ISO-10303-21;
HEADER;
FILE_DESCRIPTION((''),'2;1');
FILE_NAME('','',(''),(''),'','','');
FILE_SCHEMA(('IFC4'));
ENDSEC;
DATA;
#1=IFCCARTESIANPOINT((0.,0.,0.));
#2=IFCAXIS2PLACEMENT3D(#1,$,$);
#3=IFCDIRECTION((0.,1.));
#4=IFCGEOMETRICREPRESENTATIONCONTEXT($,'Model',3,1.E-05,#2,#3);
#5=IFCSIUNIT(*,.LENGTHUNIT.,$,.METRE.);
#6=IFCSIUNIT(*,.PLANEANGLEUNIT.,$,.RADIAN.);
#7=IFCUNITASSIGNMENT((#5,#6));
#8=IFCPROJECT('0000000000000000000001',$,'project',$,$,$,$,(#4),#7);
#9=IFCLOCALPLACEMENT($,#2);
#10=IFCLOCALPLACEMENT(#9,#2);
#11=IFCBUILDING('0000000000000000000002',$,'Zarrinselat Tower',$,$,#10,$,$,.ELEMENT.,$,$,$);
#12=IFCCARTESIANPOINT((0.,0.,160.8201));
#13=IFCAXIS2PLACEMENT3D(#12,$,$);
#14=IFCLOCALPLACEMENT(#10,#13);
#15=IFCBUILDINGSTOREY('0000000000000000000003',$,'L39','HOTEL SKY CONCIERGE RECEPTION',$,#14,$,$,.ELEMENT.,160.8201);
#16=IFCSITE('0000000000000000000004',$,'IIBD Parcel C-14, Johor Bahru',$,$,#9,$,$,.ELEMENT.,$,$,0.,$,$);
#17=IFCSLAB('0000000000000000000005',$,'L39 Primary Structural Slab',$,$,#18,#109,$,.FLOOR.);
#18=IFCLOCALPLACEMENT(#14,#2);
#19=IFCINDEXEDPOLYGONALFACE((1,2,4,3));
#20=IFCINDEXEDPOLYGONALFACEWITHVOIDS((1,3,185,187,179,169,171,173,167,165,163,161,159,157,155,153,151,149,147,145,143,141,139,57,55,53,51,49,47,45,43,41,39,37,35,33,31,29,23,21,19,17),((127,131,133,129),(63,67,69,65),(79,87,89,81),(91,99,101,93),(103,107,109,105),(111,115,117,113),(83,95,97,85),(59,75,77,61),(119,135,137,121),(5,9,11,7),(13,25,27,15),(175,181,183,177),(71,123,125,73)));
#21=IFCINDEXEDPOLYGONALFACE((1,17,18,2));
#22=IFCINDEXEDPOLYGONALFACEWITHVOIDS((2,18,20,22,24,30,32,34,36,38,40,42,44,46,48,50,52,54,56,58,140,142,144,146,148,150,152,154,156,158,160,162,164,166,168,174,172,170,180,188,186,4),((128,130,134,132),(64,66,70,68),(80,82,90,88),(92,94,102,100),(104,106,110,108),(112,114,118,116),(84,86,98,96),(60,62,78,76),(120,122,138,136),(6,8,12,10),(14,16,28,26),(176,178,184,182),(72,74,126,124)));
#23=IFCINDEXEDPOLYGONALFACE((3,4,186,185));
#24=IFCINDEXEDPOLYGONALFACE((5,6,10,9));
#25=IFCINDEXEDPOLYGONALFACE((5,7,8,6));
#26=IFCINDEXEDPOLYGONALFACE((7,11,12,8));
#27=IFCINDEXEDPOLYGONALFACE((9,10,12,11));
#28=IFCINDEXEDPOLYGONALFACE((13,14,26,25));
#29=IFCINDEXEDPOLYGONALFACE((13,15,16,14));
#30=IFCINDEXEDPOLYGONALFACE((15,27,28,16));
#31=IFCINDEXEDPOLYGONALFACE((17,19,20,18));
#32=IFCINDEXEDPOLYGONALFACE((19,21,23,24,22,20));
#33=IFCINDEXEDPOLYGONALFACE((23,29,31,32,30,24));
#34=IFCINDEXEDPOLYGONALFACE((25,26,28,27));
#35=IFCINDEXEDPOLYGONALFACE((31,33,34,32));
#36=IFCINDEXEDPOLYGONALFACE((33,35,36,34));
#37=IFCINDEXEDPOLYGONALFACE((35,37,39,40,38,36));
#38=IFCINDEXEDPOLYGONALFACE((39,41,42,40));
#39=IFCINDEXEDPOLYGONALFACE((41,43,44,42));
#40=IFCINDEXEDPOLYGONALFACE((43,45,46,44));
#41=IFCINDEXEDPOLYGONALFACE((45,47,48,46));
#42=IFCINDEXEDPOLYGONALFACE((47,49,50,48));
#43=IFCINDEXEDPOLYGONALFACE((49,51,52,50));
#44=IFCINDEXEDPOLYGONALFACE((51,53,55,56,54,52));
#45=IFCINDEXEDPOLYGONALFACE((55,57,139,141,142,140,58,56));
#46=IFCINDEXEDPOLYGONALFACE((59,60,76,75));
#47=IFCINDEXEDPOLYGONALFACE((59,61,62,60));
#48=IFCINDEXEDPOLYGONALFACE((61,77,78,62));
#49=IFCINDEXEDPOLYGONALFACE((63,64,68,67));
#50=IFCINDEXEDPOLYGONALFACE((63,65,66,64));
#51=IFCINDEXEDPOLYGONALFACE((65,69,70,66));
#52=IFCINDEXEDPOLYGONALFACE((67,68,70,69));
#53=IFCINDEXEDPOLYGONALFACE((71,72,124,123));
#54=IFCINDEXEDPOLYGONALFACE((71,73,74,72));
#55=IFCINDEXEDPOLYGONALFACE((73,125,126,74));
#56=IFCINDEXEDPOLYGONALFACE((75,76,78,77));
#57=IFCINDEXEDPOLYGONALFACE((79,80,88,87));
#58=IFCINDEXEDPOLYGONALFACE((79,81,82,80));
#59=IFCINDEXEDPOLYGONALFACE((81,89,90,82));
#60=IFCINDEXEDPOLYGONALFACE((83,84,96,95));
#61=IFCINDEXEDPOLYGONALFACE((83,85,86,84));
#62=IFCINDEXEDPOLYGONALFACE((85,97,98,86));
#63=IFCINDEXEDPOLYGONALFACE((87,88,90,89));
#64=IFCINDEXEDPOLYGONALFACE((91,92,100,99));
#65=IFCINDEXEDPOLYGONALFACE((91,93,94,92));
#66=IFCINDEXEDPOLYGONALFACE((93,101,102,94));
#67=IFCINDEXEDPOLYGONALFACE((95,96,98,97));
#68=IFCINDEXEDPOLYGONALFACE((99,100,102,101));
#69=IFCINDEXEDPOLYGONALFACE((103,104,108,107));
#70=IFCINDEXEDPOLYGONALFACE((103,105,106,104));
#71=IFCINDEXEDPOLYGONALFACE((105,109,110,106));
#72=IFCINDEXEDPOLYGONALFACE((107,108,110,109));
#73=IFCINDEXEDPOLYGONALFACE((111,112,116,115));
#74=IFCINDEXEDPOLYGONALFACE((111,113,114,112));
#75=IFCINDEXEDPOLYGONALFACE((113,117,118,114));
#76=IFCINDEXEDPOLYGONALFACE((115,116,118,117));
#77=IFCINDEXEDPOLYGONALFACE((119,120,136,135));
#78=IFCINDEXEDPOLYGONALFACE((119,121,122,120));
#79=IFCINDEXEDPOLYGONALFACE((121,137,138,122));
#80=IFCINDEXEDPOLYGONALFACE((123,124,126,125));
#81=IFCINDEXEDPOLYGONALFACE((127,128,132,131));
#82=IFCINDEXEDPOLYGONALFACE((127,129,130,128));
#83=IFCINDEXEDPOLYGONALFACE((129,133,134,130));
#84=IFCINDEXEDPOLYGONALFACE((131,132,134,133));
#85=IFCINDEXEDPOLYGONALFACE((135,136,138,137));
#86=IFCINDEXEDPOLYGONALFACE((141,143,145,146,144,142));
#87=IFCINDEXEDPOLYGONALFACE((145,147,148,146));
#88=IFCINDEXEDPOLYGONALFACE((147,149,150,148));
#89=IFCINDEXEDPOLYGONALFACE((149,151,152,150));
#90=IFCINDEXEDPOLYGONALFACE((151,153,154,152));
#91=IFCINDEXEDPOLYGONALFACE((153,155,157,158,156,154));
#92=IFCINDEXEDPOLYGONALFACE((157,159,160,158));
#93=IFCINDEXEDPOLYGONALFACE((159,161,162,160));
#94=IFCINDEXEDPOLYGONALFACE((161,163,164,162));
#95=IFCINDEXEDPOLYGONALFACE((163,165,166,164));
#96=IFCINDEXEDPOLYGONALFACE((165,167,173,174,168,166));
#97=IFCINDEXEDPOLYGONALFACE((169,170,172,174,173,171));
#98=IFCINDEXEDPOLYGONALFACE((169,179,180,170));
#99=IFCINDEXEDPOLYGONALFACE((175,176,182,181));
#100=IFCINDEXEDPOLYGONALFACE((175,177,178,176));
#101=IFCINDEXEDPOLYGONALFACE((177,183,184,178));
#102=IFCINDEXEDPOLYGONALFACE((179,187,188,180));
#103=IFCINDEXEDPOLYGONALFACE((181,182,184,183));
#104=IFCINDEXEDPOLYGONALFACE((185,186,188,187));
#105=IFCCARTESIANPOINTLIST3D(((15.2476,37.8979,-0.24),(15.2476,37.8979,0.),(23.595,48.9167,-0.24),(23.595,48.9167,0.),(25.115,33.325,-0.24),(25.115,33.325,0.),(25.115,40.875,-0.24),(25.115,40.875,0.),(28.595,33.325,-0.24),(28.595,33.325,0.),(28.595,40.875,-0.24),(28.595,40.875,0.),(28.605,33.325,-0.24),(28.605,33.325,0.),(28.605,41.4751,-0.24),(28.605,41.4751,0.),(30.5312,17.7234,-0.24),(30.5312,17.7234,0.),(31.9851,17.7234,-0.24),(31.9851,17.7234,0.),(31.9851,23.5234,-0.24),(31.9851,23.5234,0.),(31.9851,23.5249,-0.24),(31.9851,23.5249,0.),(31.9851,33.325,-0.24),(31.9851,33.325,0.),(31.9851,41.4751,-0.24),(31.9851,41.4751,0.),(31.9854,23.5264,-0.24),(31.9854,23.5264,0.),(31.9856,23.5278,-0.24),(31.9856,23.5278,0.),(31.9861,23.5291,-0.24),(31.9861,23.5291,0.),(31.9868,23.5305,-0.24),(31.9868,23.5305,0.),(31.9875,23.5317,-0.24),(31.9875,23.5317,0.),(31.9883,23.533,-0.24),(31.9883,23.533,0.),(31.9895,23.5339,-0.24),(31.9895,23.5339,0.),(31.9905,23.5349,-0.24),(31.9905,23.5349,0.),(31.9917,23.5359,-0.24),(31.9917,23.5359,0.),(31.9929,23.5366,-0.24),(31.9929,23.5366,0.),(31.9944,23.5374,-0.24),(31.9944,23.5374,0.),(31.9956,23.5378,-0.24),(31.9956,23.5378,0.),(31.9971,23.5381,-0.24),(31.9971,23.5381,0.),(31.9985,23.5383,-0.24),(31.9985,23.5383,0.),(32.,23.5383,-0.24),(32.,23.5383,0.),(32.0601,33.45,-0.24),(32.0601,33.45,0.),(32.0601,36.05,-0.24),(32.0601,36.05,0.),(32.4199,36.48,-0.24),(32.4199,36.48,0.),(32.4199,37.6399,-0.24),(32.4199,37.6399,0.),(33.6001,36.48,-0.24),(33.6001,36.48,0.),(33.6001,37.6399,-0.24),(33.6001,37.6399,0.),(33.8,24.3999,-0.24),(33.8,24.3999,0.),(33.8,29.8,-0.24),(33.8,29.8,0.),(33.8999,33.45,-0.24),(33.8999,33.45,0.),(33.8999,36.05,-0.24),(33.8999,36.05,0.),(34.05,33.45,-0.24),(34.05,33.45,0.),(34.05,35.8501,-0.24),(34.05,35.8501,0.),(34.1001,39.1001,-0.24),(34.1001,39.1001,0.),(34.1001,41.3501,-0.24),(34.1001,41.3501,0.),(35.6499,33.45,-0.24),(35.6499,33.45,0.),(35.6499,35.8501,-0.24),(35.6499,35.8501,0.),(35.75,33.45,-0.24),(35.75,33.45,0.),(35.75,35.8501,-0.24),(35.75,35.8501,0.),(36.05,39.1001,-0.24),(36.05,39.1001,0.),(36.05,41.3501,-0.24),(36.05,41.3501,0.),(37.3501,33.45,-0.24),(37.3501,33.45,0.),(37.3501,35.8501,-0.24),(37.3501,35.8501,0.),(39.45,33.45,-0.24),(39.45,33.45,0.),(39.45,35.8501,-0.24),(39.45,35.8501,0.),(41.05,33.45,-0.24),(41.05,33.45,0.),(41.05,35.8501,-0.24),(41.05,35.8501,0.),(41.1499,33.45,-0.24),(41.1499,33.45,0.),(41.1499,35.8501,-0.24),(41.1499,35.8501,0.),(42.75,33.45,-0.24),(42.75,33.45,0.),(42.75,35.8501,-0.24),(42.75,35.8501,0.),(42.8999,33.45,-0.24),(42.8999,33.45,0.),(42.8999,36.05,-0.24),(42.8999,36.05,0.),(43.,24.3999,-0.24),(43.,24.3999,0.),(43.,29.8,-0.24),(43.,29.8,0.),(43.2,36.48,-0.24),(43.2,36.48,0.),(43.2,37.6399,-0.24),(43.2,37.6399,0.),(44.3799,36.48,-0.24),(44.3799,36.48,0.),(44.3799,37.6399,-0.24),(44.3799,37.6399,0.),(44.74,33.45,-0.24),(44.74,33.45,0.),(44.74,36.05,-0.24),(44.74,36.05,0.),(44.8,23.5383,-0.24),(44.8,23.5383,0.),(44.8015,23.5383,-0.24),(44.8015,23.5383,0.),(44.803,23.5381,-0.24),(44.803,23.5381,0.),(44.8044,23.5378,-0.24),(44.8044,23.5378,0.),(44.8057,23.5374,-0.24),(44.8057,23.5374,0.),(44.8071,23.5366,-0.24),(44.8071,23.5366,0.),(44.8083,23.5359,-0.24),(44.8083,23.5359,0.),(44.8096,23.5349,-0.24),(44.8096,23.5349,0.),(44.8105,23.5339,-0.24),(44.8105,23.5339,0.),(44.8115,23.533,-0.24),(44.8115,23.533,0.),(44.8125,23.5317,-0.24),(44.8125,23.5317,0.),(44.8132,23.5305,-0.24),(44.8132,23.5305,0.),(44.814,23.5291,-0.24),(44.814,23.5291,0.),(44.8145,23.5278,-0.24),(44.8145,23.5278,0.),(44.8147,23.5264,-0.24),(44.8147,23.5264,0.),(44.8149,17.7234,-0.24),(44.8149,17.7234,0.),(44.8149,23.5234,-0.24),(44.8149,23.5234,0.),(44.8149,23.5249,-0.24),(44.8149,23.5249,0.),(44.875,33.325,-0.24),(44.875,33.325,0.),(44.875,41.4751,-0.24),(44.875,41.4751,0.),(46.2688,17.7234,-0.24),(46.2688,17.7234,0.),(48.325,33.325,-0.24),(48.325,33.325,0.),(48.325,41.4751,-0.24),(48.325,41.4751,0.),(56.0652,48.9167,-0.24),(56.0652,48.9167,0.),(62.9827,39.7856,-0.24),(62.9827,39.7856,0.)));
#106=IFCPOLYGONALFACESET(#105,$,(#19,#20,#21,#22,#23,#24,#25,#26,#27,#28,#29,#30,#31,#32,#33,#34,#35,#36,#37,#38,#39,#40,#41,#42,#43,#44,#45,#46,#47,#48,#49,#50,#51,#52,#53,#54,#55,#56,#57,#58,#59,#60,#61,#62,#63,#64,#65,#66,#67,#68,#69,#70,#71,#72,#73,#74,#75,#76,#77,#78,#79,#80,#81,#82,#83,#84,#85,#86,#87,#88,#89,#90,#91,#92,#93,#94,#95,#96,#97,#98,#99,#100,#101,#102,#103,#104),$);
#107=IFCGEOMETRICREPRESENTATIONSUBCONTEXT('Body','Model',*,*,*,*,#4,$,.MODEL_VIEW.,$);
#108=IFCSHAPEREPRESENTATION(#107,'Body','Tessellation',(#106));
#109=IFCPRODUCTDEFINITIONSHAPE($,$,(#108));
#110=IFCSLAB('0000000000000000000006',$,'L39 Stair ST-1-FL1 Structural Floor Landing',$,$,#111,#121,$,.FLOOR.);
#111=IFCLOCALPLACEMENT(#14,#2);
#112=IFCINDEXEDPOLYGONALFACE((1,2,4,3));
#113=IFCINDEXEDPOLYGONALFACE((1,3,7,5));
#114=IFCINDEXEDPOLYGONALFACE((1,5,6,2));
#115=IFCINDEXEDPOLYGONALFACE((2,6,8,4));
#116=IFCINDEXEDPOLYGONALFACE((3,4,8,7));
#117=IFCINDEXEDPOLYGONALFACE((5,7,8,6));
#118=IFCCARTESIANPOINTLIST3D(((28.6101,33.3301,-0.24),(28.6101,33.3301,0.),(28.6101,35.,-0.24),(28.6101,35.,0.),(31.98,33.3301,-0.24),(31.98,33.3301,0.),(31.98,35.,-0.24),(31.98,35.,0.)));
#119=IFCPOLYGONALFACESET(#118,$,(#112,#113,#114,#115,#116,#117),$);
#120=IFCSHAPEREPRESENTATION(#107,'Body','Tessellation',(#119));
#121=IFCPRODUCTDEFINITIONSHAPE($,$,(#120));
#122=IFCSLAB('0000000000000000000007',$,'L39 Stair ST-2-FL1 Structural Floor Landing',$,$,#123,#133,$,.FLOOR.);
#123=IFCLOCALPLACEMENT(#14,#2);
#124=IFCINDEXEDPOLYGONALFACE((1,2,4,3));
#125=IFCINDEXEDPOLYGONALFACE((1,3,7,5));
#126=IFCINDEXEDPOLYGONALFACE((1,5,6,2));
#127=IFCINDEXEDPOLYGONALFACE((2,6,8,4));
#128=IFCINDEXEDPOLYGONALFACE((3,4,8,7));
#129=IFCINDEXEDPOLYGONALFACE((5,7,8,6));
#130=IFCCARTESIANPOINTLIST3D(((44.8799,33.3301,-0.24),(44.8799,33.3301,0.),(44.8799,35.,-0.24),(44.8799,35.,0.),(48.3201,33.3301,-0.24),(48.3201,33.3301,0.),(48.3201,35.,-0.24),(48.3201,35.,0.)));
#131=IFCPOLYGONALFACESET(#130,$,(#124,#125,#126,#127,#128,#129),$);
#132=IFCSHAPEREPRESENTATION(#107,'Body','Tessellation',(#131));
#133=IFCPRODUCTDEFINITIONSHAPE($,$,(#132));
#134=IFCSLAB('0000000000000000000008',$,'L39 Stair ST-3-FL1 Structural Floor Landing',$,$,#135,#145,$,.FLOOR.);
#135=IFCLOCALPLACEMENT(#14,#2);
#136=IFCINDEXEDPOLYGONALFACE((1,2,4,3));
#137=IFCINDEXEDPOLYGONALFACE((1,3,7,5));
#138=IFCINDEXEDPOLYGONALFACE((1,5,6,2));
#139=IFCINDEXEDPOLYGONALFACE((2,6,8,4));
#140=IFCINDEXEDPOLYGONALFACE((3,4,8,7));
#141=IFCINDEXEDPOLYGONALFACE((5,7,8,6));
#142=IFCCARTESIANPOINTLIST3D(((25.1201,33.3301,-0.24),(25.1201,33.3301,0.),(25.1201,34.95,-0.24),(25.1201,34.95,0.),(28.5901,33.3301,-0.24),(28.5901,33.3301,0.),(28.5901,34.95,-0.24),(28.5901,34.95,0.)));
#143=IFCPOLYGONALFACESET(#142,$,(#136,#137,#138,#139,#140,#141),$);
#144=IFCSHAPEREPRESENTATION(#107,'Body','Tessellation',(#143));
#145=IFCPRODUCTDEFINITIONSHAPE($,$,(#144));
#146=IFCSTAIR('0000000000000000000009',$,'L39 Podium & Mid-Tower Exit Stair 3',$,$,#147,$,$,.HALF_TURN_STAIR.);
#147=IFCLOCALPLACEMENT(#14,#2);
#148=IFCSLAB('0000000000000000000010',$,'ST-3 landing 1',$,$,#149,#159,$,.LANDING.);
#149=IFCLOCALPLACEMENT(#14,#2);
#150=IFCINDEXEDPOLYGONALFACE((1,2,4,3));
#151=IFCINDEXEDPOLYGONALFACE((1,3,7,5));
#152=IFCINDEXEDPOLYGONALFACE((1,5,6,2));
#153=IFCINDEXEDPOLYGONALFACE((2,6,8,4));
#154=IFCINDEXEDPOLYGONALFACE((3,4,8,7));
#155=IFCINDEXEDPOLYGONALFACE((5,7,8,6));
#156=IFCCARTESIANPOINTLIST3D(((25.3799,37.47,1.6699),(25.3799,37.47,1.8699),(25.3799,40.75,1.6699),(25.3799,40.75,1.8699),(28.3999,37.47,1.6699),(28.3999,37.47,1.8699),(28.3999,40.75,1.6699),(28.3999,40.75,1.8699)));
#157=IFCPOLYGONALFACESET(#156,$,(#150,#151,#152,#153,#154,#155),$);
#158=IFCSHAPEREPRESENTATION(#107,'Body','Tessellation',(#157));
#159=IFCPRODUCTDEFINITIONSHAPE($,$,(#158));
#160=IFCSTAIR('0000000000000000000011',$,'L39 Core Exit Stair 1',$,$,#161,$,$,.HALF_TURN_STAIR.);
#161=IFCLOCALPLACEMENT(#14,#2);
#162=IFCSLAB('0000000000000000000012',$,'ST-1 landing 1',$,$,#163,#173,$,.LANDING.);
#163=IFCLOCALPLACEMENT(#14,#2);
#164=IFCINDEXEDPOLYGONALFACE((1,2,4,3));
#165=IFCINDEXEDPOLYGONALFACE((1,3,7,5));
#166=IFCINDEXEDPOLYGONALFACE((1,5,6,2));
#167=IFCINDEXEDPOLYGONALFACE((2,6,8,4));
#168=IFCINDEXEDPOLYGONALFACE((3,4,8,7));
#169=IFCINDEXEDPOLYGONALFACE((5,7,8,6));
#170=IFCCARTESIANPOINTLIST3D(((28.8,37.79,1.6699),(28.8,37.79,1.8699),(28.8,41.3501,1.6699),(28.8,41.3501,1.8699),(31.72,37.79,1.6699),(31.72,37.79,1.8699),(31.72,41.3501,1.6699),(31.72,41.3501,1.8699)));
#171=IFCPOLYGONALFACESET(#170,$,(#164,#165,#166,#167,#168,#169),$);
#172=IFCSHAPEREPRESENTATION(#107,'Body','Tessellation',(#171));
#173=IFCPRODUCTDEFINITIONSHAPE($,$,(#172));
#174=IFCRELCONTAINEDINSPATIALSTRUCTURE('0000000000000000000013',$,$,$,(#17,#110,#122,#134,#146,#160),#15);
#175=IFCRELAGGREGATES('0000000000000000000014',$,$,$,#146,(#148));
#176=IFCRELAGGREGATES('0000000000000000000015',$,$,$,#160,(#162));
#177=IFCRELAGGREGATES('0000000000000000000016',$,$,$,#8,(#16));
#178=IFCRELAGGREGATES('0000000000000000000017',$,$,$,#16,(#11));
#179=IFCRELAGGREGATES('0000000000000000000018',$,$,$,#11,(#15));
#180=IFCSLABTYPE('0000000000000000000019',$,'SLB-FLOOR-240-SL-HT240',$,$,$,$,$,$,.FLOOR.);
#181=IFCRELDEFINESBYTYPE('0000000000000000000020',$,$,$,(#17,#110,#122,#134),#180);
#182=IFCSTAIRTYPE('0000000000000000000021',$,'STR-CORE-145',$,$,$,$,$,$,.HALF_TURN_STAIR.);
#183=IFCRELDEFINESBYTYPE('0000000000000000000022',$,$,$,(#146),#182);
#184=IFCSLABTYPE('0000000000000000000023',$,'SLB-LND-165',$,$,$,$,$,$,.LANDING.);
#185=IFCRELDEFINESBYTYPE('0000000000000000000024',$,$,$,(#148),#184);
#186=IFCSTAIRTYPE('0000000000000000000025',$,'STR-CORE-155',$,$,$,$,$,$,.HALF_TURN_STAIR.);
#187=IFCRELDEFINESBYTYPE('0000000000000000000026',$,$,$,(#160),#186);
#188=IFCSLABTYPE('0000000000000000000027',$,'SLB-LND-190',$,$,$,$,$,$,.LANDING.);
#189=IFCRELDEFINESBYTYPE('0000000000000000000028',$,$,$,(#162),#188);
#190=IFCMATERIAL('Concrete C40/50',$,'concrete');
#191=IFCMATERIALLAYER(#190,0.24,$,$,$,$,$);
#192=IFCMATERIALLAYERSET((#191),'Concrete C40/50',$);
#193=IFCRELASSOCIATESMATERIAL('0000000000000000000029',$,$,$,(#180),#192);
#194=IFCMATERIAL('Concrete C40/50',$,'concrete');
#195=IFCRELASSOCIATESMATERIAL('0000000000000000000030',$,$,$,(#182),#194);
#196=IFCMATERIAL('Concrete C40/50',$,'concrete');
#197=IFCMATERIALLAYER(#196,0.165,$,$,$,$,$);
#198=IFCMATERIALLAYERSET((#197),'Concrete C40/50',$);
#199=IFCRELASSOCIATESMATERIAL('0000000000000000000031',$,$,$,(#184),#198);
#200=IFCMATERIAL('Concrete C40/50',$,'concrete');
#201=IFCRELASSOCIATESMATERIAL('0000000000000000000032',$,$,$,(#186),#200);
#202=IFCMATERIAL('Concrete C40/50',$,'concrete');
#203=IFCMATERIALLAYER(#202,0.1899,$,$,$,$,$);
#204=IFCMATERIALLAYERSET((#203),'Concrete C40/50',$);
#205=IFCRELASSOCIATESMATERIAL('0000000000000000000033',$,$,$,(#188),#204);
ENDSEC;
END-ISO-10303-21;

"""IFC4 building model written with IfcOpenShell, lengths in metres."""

from ifc_helpers import new_model, si_unit, direction, frame, origin, place, context, subcontext, project, spatial, polyline, outline, extrude, material, layer, layer_set, type_object, element, aggregate, save


model = new_model("IFC4")

# Units and contexts
model_context = context("Model", 3, precision=1e-05, world=origin(), true_north=direction((0.0, 1.0)))
body_context = subcontext(model_context, "Body", "Model", "MODEL_VIEW")
ifc_project = project(units=[si_unit("LENGTHUNIT", "METRE"), si_unit("PLANEANGLEUNIT", "RADIAN")], contexts=[model_context])

# Site, building, storey
site_placement = place(None, origin())
site = spatial("IfcSite", under=ifc_project, at=site_placement, Name="IIBD Parcel C-14, Johor Bahru", CompositionType="ELEMENT", RefElevation=0.0)
building_placement = place(site_placement, origin())
building = spatial("IfcBuilding", under=site, at=building_placement, Name="Zarrinselat Tower", CompositionType="ELEMENT")
storey_placement = place(building_placement, frame((0.0, 0.0, 160.8201)))
storey = spatial("IfcBuildingStorey", under=building, at=storey_placement, Name="L39", Description="HOTEL SKY CONCIERGE RECEPTION", CompositionType="ELEMENT", Elevation=160.8201)

# Slabs
ifc_material_1 = material(Name="Concrete C40/50", Category="concrete")
ifc_layer_1 = layer(ifc_material_1, 0.24)
ifc_layer_set_1 = layer_set([ifc_layer_1], Name="Concrete C40/50")
slab_type_1 = type_object("IfcSlabType", Name="SLB-FLOOR-240-SL-HT240", PredefinedType="FLOOR", material=ifc_layer_set_1)
slab_1_placement = place(storey_placement, frame((0.0, 0.0, -0.24)))
element("IfcSlab", 1, at=slab_1_placement, inside=storey, type_object=slab_type_1, Name="L39 Primary Structural Slab", PredefinedType="FLOOR", context=body_context, shape_type="SweptSolid", body=[
    extrude(outline(polyline([(30.5312, 17.7234), (15.2476, 37.8979), (23.595, 48.9167), (56.0652, 48.9167), (62.9827, 39.7856), (46.2688, 17.7234), (44.8149, 17.7234), (44.8149, 23.5234), (44.8149, 23.5249), (44.8147, 23.5264), (44.8145, 23.5278), (44.814, 23.5291), (44.8132, 23.5305), (44.8125, 23.5317), (44.8115, 23.533), (44.8105, 23.5339), (44.8096, 23.5349), (44.8083, 23.5359), (44.8071, 23.5366), (44.8057, 23.5374), (44.8044, 23.5378), (44.803, 23.5381), (44.8015, 23.5383), (44.8, 23.5383), (32.0, 23.5383), (31.9985, 23.5383), (31.9971, 23.5381), (31.9956, 23.5378), (31.9944, 23.5374), (31.9929, 23.5366), (31.9917, 23.5359), (31.9905, 23.5349), (31.9895, 23.5339), (31.9883, 23.533), (31.9875, 23.5317), (31.9868, 23.5305), (31.9861, 23.5291), (31.9856, 23.5278), (31.9854, 23.5264), (31.9851, 23.5249), (31.9851, 23.5234), (31.9851, 17.7234), (30.5312, 17.7234)]), holes=[polyline([(35.6499, 33.45), (34.05, 33.45), (34.05, 35.8501), (35.6499, 35.8501), (35.6499, 33.45)]), polyline([(35.75, 33.45), (35.75, 35.8501), (37.3501, 35.8501), (37.3501, 33.45), (35.75, 33.45)]), polyline([(32.0601, 33.45), (32.0601, 36.05), (33.8999, 36.05), (33.8999, 33.45), (32.0601, 33.45)]), polyline([(33.6001, 36.48), (32.4199, 36.48), (32.4199, 37.6399), (33.6001, 37.6399), (33.6001, 36.48)]), polyline([(28.595, 33.325), (25.115, 33.325), (25.115, 40.875), (28.595, 40.875), (28.595, 33.325)]), polyline([(31.9851, 33.325), (28.605, 33.325), (28.605, 41.4751), (31.9851, 41.4751), (31.9851, 33.325)]), polyline([(36.05, 39.1001), (34.1001, 39.1001), (34.1001, 41.3501), (36.05, 41.3501), (36.05, 39.1001)]), polyline([(33.8, 24.3999), (33.8, 29.8), (43.0, 29.8), (43.0, 24.3999), (33.8, 24.3999)]), polyline([(39.45, 33.45), (39.45, 35.8501), (41.05, 35.8501), (41.05, 33.45), (39.45, 33.45)]), polyline([(41.1499, 33.45), (41.1499, 35.8501), (42.75, 35.8501), (42.75, 33.45), (41.1499, 33.45)]), polyline([(42.8999, 33.45), (42.8999, 36.05), (44.74, 36.05), (44.74, 33.45), (42.8999, 33.45)]), polyline([(43.2, 36.48), (43.2, 37.6399), (44.3799, 37.6399), (44.3799, 36.48), (43.2, 36.48)]), polyline([(48.325, 33.325), (44.875, 33.325), (44.875, 41.4751), (48.325, 41.4751), (48.325, 33.325)])]), origin(), (0.0, 0.0, 1.0), 0.24),
])
slab_2_placement = place(storey_placement, frame((0.0, 0.0, -0.24)))
element("IfcSlab", 2, at=slab_2_placement, inside=storey, type_object=slab_type_1, Name="L39 Stair ST-1-FL1 Structural Floor Landing", PredefinedType="FLOOR", context=body_context, shape_type="SweptSolid", body=[
    extrude(outline(polyline([(31.98, 33.3301), (31.98, 35.0), (28.6101, 35.0), (28.6101, 33.3301), (31.98, 33.3301)])), origin(), (0.0, 0.0, 1.0), 0.24),
])
slab_3_placement = place(storey_placement, frame((0.0, 0.0, -0.24)))
element("IfcSlab", 3, at=slab_3_placement, inside=storey, type_object=slab_type_1, Name="L39 Stair ST-2-FL1 Structural Floor Landing", PredefinedType="FLOOR", context=body_context, shape_type="SweptSolid", body=[
    extrude(outline(polyline([(48.3201, 33.3301), (48.3201, 35.0), (44.8799, 35.0), (44.8799, 33.3301), (48.3201, 33.3301)])), origin(), (0.0, 0.0, 1.0), 0.24),
])
slab_4_placement = place(storey_placement, frame((0.0, 0.0, -0.24)))
element("IfcSlab", 4, at=slab_4_placement, inside=storey, type_object=slab_type_1, Name="L39 Stair ST-3-FL1 Structural Floor Landing", PredefinedType="FLOOR", context=body_context, shape_type="SweptSolid", body=[
    extrude(outline(polyline([(28.5901, 33.3301), (28.5901, 34.95), (25.1201, 34.95), (25.1201, 33.3301), (28.5901, 33.3301)])), origin(), (0.0, 0.0, 1.0), 0.24),
])

# Stairs, slabs
ifc_material_2 = material(Name="Concrete C40/50", Category="concrete")
stair_type_1 = type_object("IfcStairType", Name="STR-CORE-145", PredefinedType="HALF_TURN_STAIR", material=ifc_material_2)
stair_1_placement = place(storey_placement, origin())
stair_1 = element("IfcStair", 5, at=stair_1_placement, inside=storey, type_object=stair_type_1, Name="L39 Podium & Mid-Tower Exit Stair 3", PredefinedType="HALF_TURN_STAIR")
ifc_material_3 = material(Name="Concrete C40/50", Category="concrete")
ifc_layer_2 = layer(ifc_material_3, 0.165)
ifc_layer_set_2 = layer_set([ifc_layer_2], Name="Concrete C40/50")
slab_type_2 = type_object("IfcSlabType", Name="SLB-LND-165", PredefinedType="LANDING", material=ifc_layer_set_2)
slab_5_placement = place(storey_placement, frame((0.0, 0.0, 1.6699)))
slab_5 = element("IfcSlab", 6, at=slab_5_placement, type_object=slab_type_2, Name="ST-3 landing 1", PredefinedType="LANDING", context=body_context, shape_type="SweptSolid", body=[
    extrude(outline(polyline([(28.3999, 37.47), (28.3999, 40.75), (25.3799, 40.75), (25.3799, 37.47), (28.3999, 37.47)])), origin(), (0.0, 0.0, 1.0), 0.2),
])
aggregate(stair_1, [slab_5])
ifc_material_4 = material(Name="Concrete C40/50", Category="concrete")
stair_type_2 = type_object("IfcStairType", Name="STR-CORE-155", PredefinedType="HALF_TURN_STAIR", material=ifc_material_4)
stair_2_placement = place(storey_placement, origin())
stair_2 = element("IfcStair", 7, at=stair_2_placement, inside=storey, type_object=stair_type_2, Name="L39 Core Exit Stair 1", PredefinedType="HALF_TURN_STAIR")
ifc_material_5 = material(Name="Concrete C40/50", Category="concrete")
ifc_layer_3 = layer(ifc_material_5, 0.1899)
ifc_layer_set_3 = layer_set([ifc_layer_3], Name="Concrete C40/50")
slab_type_3 = type_object("IfcSlabType", Name="SLB-LND-190", PredefinedType="LANDING", material=ifc_layer_set_3)
slab_6_placement = place(storey_placement, frame((0.0, 0.0, 1.6699)))
slab_6 = element("IfcSlab", 8, at=slab_6_placement, type_object=slab_type_3, Name="ST-1 landing 1", PredefinedType="LANDING", context=body_context, shape_type="SweptSolid", body=[
    extrude(outline(polyline([(31.72, 37.79), (31.72, 41.3501), (28.8, 41.3501), (28.8, 37.79), (31.72, 37.79)])), origin(), (0.0, 0.0, 1.0), 0.2),
])
aggregate(stair_2, [slab_6])

save(model, "model.ifc")
